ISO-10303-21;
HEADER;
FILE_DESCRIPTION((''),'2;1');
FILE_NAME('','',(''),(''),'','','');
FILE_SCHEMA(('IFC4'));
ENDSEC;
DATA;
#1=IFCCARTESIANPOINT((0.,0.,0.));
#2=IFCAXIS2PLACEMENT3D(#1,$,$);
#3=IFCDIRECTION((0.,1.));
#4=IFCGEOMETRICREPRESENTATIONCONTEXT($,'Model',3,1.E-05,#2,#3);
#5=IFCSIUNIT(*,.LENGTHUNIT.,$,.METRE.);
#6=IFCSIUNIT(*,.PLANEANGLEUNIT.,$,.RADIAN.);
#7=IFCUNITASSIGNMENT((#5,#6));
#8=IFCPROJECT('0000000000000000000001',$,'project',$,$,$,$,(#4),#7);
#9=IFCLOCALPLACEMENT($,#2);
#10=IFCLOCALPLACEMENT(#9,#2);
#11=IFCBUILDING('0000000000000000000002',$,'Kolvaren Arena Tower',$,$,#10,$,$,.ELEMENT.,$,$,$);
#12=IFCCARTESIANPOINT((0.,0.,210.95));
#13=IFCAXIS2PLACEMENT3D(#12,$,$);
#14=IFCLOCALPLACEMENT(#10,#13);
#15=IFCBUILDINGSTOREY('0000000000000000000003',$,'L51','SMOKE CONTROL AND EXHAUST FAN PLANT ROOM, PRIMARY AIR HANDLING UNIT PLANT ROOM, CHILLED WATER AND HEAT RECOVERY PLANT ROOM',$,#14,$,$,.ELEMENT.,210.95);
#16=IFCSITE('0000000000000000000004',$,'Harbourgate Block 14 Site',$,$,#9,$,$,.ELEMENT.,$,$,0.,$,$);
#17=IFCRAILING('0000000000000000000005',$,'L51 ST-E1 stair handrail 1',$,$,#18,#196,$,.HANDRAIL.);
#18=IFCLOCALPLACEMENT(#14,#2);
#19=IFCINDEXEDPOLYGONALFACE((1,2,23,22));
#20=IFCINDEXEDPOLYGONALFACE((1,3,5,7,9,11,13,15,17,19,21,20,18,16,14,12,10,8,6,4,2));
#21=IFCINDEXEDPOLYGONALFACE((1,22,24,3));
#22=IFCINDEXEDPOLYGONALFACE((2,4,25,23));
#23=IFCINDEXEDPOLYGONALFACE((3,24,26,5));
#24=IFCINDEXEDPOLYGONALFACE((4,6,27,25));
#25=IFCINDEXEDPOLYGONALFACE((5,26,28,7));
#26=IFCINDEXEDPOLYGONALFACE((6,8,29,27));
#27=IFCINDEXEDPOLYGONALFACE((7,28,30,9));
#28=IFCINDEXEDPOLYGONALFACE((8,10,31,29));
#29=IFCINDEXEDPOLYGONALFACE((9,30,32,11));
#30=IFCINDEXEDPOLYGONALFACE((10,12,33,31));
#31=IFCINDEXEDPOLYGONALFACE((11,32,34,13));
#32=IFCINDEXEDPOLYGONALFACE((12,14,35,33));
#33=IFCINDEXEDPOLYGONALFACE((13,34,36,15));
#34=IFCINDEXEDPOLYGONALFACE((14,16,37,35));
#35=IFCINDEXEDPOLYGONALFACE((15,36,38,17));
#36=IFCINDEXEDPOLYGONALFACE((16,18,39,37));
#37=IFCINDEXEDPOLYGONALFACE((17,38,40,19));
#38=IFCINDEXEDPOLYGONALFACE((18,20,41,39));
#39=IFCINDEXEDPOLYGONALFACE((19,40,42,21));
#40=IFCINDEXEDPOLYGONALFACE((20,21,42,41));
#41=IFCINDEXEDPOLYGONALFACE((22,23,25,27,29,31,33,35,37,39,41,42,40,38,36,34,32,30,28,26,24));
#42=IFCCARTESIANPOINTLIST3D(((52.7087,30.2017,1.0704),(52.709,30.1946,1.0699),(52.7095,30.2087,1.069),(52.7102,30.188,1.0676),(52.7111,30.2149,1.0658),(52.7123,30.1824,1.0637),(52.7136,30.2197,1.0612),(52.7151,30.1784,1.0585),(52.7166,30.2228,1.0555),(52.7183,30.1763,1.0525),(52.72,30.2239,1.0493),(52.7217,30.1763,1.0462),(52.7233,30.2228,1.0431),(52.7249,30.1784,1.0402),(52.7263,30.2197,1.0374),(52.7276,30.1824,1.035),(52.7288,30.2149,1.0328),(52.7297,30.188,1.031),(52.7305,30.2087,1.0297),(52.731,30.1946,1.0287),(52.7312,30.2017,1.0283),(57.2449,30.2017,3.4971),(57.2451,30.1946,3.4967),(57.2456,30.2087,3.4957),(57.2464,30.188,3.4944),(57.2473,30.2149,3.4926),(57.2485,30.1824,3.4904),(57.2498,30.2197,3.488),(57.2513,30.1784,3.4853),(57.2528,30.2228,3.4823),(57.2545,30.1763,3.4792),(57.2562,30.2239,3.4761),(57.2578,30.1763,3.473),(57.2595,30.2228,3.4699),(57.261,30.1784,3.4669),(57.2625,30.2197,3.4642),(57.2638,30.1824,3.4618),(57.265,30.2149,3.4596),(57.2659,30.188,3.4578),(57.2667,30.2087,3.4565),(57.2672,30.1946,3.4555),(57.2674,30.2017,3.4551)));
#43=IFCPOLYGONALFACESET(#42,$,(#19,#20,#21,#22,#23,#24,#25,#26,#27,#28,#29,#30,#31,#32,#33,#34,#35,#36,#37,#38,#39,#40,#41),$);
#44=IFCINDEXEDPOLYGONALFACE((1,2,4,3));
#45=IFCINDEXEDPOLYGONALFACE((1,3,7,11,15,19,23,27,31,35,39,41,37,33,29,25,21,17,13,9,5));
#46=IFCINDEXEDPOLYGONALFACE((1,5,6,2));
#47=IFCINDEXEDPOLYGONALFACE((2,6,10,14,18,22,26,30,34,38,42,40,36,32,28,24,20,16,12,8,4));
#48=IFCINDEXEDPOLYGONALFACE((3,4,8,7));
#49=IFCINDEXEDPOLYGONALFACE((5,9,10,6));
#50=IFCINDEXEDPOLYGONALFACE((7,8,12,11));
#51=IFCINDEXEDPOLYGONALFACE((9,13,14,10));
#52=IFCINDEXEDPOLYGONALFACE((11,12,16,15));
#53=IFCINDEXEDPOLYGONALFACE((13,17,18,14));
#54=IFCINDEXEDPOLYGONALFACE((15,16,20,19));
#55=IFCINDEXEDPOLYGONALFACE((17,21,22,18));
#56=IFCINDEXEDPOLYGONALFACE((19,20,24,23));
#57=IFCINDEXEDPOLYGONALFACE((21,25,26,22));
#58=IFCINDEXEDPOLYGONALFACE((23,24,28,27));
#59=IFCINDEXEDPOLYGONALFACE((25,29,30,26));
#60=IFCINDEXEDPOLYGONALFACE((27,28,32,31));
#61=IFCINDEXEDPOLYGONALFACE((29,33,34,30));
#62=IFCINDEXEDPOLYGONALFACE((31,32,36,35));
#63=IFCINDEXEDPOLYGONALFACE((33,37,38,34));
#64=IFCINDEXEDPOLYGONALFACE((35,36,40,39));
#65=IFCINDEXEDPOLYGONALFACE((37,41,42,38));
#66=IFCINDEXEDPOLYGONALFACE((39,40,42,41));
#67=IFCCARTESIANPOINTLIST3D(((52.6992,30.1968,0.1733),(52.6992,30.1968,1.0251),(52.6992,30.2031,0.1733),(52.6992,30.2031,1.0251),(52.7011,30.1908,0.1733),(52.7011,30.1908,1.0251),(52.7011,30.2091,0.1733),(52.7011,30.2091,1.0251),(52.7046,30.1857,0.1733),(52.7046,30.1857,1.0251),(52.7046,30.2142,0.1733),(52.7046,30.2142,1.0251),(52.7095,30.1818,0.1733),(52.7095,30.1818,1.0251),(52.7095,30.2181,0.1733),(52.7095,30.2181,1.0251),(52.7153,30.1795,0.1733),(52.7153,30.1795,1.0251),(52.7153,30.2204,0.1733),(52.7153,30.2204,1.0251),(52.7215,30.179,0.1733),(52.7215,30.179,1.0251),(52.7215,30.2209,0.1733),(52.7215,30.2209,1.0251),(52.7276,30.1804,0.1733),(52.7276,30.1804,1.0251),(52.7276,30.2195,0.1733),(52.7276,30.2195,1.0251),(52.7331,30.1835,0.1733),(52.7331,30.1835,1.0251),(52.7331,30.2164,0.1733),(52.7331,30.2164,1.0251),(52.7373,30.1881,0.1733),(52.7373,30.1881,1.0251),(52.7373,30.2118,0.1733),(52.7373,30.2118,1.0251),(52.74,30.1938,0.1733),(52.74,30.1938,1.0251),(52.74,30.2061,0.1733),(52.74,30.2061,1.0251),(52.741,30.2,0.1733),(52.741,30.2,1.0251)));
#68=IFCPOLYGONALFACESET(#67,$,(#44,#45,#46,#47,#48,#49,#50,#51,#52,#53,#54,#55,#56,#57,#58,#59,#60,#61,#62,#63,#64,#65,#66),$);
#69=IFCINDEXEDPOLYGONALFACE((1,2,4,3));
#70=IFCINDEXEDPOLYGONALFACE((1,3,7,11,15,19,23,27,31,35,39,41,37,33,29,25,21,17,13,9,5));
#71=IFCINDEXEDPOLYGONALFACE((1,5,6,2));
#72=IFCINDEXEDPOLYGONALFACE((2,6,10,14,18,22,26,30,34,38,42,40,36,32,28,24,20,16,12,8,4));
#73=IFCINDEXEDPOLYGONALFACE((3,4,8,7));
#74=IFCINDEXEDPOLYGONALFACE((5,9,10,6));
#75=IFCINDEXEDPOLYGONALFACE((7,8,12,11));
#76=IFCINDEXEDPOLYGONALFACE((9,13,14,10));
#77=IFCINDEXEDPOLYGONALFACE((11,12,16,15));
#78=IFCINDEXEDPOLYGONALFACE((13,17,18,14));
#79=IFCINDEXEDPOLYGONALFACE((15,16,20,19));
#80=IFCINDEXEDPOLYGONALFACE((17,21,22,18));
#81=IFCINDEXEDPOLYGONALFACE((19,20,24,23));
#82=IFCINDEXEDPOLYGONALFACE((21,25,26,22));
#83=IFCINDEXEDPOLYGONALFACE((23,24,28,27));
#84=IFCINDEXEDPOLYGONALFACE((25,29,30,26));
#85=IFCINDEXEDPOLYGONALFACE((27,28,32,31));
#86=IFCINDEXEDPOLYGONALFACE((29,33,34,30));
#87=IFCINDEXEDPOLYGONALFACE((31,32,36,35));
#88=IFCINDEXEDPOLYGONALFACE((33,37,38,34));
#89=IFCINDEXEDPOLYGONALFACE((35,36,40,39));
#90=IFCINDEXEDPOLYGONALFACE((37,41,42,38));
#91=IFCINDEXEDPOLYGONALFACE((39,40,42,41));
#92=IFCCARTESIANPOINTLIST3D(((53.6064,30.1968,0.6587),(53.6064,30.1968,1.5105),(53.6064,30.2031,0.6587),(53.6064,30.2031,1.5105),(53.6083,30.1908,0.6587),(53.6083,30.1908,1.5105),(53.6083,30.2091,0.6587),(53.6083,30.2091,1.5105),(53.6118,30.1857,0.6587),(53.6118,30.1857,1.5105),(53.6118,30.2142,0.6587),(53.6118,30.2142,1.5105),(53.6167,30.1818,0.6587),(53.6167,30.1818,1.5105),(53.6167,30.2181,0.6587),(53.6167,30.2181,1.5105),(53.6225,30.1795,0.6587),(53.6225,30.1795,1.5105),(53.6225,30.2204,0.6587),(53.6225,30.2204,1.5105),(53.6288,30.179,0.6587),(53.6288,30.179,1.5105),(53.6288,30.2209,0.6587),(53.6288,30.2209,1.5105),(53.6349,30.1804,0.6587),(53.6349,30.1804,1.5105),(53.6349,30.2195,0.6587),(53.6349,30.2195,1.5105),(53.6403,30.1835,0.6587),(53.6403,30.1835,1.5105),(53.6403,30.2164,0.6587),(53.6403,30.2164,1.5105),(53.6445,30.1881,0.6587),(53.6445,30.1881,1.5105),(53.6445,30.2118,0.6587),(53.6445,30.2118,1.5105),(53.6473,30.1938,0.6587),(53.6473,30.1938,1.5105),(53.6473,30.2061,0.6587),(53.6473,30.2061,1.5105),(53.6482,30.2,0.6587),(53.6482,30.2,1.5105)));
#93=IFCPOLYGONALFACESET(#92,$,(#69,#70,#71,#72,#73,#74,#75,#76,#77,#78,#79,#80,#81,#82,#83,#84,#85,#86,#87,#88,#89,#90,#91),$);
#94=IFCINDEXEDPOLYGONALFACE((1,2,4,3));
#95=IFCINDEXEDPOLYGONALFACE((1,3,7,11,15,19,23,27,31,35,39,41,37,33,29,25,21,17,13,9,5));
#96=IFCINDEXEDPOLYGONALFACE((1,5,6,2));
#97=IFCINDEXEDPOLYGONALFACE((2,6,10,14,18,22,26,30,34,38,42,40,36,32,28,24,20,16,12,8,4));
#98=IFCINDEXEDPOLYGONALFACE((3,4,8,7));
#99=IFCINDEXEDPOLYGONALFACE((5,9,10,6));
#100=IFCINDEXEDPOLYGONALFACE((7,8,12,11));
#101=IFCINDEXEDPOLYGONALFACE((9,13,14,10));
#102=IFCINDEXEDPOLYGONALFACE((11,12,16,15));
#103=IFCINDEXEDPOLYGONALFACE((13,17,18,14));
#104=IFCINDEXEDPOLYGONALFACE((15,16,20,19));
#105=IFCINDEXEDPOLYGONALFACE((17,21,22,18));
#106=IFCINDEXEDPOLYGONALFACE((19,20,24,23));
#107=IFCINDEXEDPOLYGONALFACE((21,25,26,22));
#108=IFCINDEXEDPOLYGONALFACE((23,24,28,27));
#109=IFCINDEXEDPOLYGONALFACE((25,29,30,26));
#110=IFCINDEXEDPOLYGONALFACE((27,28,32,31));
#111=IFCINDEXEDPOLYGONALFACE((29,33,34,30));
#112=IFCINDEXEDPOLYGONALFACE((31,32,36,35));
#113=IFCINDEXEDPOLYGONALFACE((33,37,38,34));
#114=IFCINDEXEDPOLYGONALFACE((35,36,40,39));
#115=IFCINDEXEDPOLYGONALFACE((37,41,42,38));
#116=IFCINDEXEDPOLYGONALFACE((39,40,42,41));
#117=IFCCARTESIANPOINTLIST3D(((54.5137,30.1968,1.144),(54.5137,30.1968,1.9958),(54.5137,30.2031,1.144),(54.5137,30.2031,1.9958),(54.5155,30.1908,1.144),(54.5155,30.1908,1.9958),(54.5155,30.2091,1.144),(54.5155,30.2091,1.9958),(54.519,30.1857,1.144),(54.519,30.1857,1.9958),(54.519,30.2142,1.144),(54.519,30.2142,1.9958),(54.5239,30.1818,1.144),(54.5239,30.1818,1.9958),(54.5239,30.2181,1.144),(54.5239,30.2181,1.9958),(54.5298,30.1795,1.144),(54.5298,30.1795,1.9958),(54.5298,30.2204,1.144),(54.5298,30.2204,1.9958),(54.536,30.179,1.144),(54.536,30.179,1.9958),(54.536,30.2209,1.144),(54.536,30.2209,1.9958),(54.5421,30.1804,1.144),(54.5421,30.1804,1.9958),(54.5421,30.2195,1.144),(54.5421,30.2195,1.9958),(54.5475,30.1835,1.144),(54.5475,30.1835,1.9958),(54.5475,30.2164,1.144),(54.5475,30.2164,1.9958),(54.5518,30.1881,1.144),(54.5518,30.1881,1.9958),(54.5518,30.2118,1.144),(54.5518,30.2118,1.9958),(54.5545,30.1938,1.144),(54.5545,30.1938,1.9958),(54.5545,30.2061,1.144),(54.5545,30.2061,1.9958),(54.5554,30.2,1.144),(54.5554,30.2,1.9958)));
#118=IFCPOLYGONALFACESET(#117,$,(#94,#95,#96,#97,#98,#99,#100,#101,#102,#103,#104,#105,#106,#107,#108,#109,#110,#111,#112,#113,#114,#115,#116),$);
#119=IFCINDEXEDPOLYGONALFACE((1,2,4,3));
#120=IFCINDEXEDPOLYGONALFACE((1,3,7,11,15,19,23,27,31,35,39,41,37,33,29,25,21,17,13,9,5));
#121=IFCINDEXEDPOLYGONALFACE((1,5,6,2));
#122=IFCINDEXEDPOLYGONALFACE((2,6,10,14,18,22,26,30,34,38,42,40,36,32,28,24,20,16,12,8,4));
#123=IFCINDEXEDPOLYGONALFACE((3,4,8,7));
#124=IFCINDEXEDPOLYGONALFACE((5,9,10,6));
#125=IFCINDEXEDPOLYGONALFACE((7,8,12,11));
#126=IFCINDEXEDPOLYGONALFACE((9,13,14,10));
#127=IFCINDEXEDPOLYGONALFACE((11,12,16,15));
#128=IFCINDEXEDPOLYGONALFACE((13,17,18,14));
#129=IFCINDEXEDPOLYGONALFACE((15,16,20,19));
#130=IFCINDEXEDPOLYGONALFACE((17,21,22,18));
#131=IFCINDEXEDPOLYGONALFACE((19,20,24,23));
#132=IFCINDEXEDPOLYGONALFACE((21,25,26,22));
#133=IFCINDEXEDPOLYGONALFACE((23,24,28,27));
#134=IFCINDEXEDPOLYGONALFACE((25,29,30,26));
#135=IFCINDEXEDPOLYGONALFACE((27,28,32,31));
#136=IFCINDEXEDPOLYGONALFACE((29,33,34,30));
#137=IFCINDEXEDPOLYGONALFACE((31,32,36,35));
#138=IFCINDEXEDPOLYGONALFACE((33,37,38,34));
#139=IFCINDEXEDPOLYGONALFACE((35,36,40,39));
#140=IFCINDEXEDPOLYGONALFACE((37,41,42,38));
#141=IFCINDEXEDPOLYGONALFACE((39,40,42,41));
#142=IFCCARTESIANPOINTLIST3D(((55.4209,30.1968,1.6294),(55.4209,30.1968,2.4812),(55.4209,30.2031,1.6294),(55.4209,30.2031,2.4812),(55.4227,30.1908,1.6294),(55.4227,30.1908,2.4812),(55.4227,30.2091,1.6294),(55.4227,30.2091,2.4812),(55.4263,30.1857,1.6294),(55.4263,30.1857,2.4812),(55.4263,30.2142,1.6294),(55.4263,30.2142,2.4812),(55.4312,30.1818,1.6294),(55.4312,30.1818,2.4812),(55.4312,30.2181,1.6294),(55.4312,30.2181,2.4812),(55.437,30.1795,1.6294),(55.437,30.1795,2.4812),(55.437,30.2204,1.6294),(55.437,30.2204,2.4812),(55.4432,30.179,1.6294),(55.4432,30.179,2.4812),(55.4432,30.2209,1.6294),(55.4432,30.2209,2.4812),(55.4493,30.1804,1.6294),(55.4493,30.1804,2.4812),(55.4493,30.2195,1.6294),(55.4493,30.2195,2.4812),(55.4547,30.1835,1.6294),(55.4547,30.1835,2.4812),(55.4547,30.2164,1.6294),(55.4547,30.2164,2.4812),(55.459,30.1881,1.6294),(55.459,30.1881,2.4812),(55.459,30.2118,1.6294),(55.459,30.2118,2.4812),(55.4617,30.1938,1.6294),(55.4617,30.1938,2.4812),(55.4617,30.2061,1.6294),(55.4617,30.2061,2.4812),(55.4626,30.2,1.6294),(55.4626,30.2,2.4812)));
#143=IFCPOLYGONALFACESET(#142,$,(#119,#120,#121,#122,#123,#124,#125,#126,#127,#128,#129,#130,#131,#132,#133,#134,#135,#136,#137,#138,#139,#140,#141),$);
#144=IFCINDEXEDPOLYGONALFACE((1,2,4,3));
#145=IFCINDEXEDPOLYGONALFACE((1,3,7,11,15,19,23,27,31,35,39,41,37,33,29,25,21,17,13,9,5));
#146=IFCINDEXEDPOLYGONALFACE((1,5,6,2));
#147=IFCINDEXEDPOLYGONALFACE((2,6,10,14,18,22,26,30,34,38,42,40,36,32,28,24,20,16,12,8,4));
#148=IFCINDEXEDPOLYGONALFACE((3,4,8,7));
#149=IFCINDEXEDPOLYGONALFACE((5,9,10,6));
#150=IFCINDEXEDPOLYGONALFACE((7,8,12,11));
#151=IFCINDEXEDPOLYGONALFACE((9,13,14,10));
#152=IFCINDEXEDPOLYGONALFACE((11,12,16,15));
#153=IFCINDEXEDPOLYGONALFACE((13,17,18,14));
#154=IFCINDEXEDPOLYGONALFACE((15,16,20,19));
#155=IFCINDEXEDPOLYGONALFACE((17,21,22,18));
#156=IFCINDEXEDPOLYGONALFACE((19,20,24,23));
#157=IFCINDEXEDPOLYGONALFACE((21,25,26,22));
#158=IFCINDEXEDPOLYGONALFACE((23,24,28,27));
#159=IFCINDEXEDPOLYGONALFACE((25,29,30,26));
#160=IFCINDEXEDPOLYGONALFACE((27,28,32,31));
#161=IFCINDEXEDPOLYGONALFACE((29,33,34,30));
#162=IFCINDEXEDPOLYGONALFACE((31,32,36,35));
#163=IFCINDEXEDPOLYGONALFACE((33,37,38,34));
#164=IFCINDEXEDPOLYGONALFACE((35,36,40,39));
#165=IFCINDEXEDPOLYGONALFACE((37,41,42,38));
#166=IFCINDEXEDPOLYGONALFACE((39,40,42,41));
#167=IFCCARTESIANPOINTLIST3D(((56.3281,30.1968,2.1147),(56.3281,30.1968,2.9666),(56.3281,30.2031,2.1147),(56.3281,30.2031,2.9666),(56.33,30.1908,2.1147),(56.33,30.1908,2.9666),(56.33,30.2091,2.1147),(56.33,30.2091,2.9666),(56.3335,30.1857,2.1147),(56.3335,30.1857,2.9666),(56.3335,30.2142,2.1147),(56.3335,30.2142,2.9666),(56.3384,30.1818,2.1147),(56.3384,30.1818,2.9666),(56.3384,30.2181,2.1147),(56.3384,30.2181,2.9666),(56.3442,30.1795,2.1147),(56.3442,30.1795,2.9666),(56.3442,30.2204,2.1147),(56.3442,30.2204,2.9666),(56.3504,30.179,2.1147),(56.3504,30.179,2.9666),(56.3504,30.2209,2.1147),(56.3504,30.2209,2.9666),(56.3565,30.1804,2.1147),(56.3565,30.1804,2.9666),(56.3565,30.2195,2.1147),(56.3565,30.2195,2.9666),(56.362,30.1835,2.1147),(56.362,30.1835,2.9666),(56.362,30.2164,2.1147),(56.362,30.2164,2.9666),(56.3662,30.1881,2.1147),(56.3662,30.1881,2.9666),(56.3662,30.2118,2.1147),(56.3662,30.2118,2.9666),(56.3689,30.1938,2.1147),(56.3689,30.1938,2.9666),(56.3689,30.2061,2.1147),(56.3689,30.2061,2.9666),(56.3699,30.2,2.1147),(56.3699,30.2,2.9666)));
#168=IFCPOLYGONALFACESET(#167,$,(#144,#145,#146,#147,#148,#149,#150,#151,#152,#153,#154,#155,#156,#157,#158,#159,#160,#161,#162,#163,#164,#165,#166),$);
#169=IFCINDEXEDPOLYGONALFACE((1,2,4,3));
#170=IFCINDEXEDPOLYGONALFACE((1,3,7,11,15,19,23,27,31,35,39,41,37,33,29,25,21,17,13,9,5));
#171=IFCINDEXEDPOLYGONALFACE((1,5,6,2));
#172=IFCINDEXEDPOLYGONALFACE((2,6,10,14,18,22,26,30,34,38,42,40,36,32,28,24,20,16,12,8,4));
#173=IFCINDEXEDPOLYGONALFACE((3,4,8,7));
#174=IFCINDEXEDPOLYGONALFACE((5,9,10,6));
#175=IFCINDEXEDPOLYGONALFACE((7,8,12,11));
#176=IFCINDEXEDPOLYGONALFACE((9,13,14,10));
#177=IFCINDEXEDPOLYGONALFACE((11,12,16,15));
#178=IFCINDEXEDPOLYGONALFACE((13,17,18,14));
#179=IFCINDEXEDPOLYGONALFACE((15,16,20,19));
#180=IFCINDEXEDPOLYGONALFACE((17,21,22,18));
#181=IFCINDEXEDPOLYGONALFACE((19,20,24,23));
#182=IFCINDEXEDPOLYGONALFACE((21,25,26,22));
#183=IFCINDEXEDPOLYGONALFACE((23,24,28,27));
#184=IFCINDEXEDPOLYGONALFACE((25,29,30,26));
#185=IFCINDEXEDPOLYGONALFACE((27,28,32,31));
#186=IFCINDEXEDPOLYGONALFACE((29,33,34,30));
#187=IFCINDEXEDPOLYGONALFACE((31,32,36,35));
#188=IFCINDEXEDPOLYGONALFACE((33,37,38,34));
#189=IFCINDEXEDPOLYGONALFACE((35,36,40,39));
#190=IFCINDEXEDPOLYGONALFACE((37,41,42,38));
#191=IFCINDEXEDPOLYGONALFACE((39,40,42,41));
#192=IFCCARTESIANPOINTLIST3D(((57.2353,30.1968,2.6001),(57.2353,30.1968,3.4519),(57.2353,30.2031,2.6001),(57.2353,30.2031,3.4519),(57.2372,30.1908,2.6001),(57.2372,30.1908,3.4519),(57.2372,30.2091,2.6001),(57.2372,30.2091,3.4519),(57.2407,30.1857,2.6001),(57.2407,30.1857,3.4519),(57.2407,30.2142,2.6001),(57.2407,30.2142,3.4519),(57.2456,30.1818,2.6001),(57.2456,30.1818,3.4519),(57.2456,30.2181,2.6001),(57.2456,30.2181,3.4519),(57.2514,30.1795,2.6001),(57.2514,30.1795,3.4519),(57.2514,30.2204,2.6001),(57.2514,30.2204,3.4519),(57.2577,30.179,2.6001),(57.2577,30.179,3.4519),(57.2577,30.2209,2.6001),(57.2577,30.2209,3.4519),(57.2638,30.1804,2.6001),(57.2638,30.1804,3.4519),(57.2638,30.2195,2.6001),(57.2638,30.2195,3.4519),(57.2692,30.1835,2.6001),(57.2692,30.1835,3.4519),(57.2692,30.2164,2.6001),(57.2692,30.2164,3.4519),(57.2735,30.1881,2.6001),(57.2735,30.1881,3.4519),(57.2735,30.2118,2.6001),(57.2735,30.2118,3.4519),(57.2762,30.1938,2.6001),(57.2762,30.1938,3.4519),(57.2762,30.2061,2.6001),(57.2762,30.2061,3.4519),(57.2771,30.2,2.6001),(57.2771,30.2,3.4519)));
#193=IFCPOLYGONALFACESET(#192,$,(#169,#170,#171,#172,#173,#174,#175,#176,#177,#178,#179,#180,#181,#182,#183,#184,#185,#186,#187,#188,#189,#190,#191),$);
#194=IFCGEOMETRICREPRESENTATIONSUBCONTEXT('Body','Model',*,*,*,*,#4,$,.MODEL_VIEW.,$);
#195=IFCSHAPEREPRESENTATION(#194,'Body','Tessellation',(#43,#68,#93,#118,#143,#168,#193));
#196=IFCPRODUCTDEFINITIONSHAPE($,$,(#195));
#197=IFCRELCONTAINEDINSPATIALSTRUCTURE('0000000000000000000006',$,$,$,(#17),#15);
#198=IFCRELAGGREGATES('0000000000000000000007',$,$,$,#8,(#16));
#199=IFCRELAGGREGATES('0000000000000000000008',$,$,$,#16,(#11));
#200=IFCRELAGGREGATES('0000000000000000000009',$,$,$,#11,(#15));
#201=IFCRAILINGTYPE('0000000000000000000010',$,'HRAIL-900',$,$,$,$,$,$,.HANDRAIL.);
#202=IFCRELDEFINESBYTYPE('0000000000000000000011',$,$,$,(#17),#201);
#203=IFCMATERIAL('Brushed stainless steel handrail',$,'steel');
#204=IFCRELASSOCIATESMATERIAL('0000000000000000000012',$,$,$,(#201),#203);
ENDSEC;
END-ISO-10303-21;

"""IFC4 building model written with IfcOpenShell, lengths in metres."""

from ifc_helpers import new_model, si_unit, direction, frame, origin, origin_2d, place, context, subcontext, project, spatial, circle, extrude, material, type_object, element, save


model = new_model("IFC4")

# Units and contexts
model_context = context("Model", 3, precision=1e-05, world=origin(), true_north=direction((0.0, 1.0)))
body_context = subcontext(model_context, "Body", "Model", "MODEL_VIEW")
ifc_project = project(units=[si_unit("LENGTHUNIT", "METRE"), si_unit("PLANEANGLEUNIT", "RADIAN")], contexts=[model_context])

# Site, building, storey
site_placement = place(None, origin())
site = spatial("IfcSite", under=ifc_project, at=site_placement, Name="Harbourgate Block 14 Site", CompositionType="ELEMENT", RefElevation=0.0)
building_placement = place(site_placement, origin())
building = spatial("IfcBuilding", under=site, at=building_placement, Name="Kolvaren Arena Tower", CompositionType="ELEMENT")
storey_placement = place(building_placement, frame((0.0, 0.0, 210.95)))
storey = spatial("IfcBuildingStorey", under=building, at=storey_placement, Name="L51", Description="SMOKE CONTROL AND EXHAUST FAN PLANT ROOM, PRIMARY AIR HANDLING UNIT PLANT ROOM, CHILLED WATER AND HEAT RECOVERY PLANT ROOM", CompositionType="ELEMENT", Elevation=210.95)

# Railing
ifc_material_1 = material(Name="Brushed stainless steel handrail", Category="steel")
railing_type_1 = type_object("IfcRailingType", Name="HRAIL-900", PredefinedType="HANDRAIL", material=ifc_material_1)
for number, where, name in (
    (1, (52.72, 30.2, 0.1733), "L51 ST-E1 stair handrail 1"),
):
    element("IfcRailing", number, at=place(storey_placement, frame(where)), inside=storey, type_object=railing_type_1, Name=name, PredefinedType="HANDRAIL", context=body_context, shape_type="SweptSolid", body=[
        extrude(circle(Radius=0.0239, at=origin_2d()), frame((0.0, 0.0, 0.876), z_axis=(0.881748, 0.0, 0.471721), x_axis=(0.0, 1.0, 0.0)), (0.0, 0.0, 1.0), 5.1445),
        extrude(circle(Radius=0.021, at=origin_2d()), origin(), (0.0, 0.0, 1.0), 0.8518),
        extrude(circle(Radius=0.021, at=origin_2d()), frame((0.9072, 0.0, 0.4854)), (0.0, 0.0, 1.0), 0.8518),
        extrude(circle(Radius=0.021, at=origin_2d()), frame((1.8145, 0.0, 0.9707)), (0.0, 0.0, 1.0), 0.8518),
        extrude(circle(Radius=0.021, at=origin_2d()), frame((2.7217, 0.0, 1.4561)), (0.0, 0.0, 1.0), 0.8518),
        extrude(circle(Radius=0.021, at=origin_2d()), frame((3.6289, 0.0, 1.9414)), (0.0, 0.0, 1.0), 0.8518),
        extrude(circle(Radius=0.021, at=origin_2d()), frame((4.5361, 0.0, 2.4268)), (0.0, 0.0, 1.0), 0.8518),
    ])

save(model, "model.ifc")
